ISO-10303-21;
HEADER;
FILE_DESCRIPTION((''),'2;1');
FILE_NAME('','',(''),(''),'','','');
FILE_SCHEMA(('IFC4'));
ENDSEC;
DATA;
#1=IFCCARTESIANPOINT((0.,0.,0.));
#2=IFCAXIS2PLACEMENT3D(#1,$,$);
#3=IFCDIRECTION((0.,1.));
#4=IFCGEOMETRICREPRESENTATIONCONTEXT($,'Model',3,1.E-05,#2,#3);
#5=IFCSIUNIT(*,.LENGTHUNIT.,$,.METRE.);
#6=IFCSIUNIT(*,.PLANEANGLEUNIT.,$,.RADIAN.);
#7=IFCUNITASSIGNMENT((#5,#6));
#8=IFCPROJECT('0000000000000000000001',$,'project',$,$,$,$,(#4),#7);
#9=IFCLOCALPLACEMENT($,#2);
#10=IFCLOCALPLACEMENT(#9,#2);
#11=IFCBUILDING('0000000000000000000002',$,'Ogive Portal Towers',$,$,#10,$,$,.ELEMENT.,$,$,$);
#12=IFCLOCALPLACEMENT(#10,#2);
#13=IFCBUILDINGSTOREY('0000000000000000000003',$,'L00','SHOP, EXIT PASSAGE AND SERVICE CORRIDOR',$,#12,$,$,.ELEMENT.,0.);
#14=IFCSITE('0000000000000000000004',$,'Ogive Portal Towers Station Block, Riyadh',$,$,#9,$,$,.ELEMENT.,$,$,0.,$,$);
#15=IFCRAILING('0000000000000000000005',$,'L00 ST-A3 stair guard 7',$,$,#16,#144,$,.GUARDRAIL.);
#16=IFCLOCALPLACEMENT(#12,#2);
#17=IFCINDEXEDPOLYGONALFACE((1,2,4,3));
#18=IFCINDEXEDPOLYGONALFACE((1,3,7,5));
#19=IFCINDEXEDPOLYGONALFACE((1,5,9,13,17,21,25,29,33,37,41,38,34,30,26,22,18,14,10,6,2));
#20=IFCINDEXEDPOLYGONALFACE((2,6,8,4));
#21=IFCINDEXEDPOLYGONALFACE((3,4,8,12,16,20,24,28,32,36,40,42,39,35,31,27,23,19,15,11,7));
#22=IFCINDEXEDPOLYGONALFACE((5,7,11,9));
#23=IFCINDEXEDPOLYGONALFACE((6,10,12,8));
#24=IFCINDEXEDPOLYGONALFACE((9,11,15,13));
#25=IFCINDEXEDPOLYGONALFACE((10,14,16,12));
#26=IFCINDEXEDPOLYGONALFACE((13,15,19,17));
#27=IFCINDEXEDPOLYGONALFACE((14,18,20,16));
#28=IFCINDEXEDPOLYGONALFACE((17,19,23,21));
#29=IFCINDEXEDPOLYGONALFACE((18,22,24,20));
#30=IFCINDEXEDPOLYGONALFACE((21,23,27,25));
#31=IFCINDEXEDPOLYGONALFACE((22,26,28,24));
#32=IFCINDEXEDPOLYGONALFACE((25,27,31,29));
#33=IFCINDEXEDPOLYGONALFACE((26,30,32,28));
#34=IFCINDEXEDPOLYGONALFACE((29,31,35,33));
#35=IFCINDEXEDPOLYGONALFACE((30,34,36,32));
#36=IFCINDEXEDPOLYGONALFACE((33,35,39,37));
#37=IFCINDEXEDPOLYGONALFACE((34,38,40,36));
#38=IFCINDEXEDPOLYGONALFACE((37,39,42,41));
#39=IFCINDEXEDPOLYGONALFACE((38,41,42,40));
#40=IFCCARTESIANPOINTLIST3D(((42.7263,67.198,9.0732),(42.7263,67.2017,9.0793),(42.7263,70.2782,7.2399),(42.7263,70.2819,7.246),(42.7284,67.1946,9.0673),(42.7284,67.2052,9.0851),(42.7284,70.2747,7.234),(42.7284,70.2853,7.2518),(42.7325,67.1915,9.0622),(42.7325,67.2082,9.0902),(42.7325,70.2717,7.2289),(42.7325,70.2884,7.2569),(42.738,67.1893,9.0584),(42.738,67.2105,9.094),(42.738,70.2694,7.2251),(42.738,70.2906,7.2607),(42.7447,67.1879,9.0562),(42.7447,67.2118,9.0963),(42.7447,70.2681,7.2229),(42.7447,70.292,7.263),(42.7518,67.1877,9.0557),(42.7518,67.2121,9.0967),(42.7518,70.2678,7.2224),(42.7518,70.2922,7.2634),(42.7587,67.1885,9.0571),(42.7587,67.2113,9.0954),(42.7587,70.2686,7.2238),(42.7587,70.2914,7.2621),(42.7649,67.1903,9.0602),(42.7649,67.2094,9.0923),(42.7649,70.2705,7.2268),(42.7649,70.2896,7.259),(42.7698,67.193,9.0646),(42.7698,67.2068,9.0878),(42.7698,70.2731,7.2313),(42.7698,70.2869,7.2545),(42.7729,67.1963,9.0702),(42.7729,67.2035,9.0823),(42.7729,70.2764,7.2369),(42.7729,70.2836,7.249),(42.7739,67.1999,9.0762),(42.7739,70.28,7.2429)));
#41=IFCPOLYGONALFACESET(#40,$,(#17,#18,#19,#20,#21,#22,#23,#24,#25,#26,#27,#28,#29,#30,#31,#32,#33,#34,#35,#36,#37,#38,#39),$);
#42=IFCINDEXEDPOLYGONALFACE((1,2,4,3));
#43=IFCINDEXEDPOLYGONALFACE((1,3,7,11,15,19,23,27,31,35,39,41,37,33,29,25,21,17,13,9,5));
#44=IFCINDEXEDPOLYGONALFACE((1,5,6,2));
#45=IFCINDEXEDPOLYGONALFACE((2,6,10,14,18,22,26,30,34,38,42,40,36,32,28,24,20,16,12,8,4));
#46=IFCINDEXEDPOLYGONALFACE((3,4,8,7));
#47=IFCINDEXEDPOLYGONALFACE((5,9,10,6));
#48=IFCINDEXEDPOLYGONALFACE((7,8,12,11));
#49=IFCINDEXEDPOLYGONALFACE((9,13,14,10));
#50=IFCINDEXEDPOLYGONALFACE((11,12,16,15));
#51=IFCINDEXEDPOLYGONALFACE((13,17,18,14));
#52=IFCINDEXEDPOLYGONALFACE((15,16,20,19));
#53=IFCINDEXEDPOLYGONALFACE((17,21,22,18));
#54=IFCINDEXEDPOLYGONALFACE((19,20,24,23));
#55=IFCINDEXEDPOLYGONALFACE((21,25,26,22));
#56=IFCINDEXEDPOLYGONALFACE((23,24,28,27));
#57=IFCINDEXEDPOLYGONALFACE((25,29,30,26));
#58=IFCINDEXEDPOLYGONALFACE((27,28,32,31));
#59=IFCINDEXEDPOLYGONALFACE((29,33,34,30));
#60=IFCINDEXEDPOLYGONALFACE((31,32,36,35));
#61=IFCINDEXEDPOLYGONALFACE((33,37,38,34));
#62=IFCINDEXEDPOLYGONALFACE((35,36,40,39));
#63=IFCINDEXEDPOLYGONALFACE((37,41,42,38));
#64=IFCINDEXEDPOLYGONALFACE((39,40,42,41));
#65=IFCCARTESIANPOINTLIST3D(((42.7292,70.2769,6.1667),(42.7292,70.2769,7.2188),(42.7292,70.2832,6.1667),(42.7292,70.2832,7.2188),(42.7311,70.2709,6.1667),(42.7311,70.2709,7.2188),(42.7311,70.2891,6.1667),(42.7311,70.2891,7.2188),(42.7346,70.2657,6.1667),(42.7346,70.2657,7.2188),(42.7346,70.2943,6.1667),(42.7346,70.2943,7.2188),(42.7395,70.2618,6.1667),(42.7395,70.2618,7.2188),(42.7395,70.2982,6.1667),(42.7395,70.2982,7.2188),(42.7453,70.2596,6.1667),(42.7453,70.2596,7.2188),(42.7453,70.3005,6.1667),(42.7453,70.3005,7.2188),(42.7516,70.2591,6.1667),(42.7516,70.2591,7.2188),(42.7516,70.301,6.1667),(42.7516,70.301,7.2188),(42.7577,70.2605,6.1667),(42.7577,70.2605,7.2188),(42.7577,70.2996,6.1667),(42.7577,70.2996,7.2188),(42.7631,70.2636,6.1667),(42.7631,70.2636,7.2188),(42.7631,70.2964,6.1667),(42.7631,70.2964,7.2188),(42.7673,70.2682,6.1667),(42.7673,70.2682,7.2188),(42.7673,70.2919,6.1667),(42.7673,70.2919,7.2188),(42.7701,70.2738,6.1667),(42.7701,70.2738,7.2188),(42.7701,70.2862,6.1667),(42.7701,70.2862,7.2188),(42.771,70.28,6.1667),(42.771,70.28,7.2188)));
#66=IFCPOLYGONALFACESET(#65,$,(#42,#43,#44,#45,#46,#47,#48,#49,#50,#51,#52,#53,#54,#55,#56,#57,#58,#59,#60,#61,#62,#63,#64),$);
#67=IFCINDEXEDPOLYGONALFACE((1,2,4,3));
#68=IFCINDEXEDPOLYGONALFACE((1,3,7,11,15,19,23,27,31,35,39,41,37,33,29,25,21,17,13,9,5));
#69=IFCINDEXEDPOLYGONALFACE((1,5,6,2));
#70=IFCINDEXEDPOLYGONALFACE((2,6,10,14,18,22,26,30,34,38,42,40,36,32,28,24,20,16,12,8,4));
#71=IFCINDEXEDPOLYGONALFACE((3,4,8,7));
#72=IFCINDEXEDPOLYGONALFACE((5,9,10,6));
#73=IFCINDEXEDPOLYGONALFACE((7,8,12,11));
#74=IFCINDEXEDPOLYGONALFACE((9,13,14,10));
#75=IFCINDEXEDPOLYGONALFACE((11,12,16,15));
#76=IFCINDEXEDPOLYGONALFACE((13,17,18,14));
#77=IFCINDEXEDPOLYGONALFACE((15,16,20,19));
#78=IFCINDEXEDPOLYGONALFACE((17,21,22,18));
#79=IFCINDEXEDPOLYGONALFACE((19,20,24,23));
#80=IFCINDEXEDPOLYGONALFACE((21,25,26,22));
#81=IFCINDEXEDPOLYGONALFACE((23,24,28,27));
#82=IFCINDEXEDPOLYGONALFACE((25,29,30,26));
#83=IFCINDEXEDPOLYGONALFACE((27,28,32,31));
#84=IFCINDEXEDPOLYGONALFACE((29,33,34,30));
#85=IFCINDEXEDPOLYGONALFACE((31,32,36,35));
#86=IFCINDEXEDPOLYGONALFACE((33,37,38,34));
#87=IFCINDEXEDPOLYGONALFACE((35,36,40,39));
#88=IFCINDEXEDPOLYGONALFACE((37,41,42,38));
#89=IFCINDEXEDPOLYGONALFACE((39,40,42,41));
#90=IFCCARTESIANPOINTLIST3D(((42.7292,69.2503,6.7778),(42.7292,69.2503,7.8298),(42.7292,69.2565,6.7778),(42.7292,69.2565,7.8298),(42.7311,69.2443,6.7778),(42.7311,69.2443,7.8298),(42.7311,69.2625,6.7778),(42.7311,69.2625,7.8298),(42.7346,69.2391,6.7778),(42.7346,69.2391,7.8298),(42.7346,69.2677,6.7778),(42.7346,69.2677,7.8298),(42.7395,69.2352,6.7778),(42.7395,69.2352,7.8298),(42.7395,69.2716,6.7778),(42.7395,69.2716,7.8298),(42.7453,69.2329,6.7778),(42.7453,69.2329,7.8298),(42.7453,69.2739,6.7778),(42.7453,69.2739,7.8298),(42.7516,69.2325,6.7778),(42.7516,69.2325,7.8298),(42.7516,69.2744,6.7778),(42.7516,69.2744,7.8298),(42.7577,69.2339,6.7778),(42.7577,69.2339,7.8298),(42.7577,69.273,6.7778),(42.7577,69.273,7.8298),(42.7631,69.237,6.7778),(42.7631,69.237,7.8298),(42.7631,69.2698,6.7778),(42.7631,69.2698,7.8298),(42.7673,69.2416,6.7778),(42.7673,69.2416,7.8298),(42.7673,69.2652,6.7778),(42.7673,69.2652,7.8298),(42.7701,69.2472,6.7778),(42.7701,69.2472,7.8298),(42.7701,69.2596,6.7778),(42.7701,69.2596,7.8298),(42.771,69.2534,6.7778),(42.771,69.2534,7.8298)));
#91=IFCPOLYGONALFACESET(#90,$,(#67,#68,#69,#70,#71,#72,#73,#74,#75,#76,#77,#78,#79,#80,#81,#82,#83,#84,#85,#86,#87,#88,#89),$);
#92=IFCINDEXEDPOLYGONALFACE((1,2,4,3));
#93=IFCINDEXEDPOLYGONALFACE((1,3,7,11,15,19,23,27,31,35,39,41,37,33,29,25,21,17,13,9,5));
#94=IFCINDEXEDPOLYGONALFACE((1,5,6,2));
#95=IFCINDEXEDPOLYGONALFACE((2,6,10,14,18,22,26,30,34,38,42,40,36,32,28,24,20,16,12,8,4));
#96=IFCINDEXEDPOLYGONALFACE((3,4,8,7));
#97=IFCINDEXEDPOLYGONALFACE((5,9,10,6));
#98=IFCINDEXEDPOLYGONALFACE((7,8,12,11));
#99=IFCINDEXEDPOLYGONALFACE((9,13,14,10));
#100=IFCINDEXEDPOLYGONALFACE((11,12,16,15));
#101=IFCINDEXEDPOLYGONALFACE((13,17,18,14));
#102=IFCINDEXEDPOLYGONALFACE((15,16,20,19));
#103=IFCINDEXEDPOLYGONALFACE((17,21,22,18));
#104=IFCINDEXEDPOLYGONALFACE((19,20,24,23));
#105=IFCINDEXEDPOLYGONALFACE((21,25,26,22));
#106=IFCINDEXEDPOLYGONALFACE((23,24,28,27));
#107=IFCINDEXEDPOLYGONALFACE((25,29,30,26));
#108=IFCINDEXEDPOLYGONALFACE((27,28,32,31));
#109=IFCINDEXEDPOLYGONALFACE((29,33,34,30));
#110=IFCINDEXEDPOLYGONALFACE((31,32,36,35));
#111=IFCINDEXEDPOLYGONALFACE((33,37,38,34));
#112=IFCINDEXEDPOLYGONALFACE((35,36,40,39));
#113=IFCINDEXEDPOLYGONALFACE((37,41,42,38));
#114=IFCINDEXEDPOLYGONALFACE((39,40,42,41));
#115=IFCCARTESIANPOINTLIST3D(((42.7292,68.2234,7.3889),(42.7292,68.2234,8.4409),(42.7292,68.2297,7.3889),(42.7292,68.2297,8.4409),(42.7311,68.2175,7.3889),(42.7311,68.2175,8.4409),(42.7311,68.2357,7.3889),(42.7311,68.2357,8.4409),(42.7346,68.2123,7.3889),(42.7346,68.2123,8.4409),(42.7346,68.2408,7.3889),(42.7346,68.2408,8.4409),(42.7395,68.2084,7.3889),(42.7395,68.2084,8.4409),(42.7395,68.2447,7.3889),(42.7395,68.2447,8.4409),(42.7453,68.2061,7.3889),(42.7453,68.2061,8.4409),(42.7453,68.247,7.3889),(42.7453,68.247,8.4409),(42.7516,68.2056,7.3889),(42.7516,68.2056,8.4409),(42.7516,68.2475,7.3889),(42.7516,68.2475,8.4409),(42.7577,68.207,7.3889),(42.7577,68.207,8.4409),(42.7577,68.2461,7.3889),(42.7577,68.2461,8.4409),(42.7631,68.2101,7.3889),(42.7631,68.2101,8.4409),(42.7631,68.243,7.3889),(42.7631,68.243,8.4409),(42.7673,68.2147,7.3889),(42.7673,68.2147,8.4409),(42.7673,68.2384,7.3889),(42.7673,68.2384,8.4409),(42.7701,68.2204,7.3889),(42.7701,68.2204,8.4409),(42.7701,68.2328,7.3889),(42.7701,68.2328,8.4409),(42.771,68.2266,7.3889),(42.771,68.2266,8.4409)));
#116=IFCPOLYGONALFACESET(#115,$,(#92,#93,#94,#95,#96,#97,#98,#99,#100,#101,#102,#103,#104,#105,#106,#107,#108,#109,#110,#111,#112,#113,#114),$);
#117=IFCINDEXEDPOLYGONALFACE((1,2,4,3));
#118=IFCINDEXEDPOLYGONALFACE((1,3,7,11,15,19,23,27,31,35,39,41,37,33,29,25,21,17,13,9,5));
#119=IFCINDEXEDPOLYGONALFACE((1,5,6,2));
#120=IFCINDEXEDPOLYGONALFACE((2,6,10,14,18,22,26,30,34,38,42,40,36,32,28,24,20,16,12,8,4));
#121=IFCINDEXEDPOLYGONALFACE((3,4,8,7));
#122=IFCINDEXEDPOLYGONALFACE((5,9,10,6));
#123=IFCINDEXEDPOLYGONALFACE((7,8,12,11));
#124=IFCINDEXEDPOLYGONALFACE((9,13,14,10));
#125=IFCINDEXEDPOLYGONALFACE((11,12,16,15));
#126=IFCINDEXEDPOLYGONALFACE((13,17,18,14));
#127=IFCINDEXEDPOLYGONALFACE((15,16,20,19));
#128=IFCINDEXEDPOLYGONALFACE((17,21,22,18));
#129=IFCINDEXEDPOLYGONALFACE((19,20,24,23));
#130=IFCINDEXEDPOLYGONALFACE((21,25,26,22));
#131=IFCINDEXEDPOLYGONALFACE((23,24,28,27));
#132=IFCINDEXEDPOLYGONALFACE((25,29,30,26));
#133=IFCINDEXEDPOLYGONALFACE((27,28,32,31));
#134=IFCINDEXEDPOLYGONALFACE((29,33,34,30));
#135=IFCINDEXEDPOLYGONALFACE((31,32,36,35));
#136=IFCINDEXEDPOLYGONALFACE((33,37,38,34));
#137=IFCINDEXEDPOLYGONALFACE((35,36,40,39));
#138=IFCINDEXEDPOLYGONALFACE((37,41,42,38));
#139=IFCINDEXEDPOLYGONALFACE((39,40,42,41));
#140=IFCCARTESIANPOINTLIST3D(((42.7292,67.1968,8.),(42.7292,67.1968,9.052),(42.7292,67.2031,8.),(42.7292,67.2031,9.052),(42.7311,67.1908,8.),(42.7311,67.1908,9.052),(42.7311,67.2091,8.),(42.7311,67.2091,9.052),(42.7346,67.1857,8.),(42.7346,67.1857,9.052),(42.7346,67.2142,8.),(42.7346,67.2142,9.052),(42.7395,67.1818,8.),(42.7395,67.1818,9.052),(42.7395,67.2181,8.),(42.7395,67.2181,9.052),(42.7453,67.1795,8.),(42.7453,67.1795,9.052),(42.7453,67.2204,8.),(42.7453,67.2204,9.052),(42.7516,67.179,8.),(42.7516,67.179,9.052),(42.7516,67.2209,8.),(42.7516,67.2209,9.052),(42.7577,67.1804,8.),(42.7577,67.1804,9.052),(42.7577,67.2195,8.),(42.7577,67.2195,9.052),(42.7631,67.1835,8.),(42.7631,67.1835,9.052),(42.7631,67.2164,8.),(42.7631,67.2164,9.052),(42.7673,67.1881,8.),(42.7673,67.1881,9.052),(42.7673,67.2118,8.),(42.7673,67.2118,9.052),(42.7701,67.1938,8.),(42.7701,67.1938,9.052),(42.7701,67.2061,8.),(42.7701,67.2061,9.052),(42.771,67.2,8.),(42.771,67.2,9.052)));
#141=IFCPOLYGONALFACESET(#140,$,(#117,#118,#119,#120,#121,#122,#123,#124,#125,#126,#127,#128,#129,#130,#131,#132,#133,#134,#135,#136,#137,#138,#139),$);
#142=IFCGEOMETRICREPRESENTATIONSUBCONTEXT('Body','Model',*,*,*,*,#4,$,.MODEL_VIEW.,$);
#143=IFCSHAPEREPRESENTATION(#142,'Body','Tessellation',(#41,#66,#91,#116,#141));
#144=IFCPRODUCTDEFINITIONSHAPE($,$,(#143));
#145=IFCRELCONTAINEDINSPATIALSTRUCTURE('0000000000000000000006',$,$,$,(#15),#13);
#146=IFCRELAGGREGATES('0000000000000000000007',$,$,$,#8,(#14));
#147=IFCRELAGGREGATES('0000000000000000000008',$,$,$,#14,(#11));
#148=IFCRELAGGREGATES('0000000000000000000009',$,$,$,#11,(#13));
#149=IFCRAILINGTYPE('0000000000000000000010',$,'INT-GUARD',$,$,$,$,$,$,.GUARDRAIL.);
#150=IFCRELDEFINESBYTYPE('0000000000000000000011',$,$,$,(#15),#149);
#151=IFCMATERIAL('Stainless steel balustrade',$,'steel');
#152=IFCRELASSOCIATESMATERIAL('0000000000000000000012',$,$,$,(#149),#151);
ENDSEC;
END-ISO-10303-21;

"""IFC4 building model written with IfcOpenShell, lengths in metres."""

from ifc_helpers import new_model, si_unit, direction, frame, origin, origin_2d, place, context, subcontext, project, spatial, circle, extrude, material, type_object, element, save


model = new_model("IFC4")

# Units and contexts
model_context = context("Model", 3, precision=1e-05, world=origin(), true_north=direction((0.0, 1.0)))
body_context = subcontext(model_context, "Body", "Model", "MODEL_VIEW")
ifc_project = project(units=[si_unit("LENGTHUNIT", "METRE"), si_unit("PLANEANGLEUNIT", "RADIAN")], contexts=[model_context])

# Site, building, storey
site_placement = place(None, origin())
site = spatial("IfcSite", under=ifc_project, at=site_placement, Name="Ogive Portal Towers Station Block, Riyadh", CompositionType="ELEMENT", RefElevation=0.0)
building_placement = place(site_placement, origin())
building = spatial("IfcBuilding", under=site, at=building_placement, Name="Ogive Portal Towers", CompositionType="ELEMENT")
storey_placement = place(building_placement, origin())
storey = spatial("IfcBuildingStorey", under=building, at=storey_placement, Name="L00", Description="SHOP, EXIT PASSAGE AND SERVICE CORRIDOR", CompositionType="ELEMENT", Elevation=0.0)

# Railing
ifc_material_1 = material(Name="Stainless steel balustrade", Category="steel")
railing_type_1 = type_object("IfcRailingType", Name="INT-GUARD", PredefinedType="GUARDRAIL", material=ifc_material_1)
railing_1_placement = place(storey_placement, frame((42.75, 70.28, 6.1667)))
element("IfcRailing", 1, at=railing_1_placement, inside=storey, type_object=railing_type_1, Name="L00 ST-A3 stair guard 7", PredefinedType="GUARDRAIL", context=body_context, shape_type="SweptSolid", body=[
    extrude(circle(Radius=0.0239, at=origin_2d()), frame((0.0, 0.0, 1.0762), z_axis=(0.0, -0.859309, 0.511458), x_axis=(1.0, 0.0, 0.0)), (0.0, 0.0, 1.0), 3.5845),
    extrude(circle(Radius=0.021, at=origin_2d()), origin(), (0.0, 0.0, 1.0), 1.052),
    extrude(circle(Radius=0.021, at=origin_2d()), frame((0.0, -1.0266, 0.6111)), (0.0, 0.0, 1.0), 1.052),
    extrude(circle(Radius=0.021, at=origin_2d()), frame((0.0, -2.0535, 1.2222)), (0.0, 0.0, 1.0), 1.052),
    extrude(circle(Radius=0.021, at=origin_2d()), frame((0.0, -3.0801, 1.8333)), (0.0, 0.0, 1.0), 1.052),
])

save(model, "model.ifc")
